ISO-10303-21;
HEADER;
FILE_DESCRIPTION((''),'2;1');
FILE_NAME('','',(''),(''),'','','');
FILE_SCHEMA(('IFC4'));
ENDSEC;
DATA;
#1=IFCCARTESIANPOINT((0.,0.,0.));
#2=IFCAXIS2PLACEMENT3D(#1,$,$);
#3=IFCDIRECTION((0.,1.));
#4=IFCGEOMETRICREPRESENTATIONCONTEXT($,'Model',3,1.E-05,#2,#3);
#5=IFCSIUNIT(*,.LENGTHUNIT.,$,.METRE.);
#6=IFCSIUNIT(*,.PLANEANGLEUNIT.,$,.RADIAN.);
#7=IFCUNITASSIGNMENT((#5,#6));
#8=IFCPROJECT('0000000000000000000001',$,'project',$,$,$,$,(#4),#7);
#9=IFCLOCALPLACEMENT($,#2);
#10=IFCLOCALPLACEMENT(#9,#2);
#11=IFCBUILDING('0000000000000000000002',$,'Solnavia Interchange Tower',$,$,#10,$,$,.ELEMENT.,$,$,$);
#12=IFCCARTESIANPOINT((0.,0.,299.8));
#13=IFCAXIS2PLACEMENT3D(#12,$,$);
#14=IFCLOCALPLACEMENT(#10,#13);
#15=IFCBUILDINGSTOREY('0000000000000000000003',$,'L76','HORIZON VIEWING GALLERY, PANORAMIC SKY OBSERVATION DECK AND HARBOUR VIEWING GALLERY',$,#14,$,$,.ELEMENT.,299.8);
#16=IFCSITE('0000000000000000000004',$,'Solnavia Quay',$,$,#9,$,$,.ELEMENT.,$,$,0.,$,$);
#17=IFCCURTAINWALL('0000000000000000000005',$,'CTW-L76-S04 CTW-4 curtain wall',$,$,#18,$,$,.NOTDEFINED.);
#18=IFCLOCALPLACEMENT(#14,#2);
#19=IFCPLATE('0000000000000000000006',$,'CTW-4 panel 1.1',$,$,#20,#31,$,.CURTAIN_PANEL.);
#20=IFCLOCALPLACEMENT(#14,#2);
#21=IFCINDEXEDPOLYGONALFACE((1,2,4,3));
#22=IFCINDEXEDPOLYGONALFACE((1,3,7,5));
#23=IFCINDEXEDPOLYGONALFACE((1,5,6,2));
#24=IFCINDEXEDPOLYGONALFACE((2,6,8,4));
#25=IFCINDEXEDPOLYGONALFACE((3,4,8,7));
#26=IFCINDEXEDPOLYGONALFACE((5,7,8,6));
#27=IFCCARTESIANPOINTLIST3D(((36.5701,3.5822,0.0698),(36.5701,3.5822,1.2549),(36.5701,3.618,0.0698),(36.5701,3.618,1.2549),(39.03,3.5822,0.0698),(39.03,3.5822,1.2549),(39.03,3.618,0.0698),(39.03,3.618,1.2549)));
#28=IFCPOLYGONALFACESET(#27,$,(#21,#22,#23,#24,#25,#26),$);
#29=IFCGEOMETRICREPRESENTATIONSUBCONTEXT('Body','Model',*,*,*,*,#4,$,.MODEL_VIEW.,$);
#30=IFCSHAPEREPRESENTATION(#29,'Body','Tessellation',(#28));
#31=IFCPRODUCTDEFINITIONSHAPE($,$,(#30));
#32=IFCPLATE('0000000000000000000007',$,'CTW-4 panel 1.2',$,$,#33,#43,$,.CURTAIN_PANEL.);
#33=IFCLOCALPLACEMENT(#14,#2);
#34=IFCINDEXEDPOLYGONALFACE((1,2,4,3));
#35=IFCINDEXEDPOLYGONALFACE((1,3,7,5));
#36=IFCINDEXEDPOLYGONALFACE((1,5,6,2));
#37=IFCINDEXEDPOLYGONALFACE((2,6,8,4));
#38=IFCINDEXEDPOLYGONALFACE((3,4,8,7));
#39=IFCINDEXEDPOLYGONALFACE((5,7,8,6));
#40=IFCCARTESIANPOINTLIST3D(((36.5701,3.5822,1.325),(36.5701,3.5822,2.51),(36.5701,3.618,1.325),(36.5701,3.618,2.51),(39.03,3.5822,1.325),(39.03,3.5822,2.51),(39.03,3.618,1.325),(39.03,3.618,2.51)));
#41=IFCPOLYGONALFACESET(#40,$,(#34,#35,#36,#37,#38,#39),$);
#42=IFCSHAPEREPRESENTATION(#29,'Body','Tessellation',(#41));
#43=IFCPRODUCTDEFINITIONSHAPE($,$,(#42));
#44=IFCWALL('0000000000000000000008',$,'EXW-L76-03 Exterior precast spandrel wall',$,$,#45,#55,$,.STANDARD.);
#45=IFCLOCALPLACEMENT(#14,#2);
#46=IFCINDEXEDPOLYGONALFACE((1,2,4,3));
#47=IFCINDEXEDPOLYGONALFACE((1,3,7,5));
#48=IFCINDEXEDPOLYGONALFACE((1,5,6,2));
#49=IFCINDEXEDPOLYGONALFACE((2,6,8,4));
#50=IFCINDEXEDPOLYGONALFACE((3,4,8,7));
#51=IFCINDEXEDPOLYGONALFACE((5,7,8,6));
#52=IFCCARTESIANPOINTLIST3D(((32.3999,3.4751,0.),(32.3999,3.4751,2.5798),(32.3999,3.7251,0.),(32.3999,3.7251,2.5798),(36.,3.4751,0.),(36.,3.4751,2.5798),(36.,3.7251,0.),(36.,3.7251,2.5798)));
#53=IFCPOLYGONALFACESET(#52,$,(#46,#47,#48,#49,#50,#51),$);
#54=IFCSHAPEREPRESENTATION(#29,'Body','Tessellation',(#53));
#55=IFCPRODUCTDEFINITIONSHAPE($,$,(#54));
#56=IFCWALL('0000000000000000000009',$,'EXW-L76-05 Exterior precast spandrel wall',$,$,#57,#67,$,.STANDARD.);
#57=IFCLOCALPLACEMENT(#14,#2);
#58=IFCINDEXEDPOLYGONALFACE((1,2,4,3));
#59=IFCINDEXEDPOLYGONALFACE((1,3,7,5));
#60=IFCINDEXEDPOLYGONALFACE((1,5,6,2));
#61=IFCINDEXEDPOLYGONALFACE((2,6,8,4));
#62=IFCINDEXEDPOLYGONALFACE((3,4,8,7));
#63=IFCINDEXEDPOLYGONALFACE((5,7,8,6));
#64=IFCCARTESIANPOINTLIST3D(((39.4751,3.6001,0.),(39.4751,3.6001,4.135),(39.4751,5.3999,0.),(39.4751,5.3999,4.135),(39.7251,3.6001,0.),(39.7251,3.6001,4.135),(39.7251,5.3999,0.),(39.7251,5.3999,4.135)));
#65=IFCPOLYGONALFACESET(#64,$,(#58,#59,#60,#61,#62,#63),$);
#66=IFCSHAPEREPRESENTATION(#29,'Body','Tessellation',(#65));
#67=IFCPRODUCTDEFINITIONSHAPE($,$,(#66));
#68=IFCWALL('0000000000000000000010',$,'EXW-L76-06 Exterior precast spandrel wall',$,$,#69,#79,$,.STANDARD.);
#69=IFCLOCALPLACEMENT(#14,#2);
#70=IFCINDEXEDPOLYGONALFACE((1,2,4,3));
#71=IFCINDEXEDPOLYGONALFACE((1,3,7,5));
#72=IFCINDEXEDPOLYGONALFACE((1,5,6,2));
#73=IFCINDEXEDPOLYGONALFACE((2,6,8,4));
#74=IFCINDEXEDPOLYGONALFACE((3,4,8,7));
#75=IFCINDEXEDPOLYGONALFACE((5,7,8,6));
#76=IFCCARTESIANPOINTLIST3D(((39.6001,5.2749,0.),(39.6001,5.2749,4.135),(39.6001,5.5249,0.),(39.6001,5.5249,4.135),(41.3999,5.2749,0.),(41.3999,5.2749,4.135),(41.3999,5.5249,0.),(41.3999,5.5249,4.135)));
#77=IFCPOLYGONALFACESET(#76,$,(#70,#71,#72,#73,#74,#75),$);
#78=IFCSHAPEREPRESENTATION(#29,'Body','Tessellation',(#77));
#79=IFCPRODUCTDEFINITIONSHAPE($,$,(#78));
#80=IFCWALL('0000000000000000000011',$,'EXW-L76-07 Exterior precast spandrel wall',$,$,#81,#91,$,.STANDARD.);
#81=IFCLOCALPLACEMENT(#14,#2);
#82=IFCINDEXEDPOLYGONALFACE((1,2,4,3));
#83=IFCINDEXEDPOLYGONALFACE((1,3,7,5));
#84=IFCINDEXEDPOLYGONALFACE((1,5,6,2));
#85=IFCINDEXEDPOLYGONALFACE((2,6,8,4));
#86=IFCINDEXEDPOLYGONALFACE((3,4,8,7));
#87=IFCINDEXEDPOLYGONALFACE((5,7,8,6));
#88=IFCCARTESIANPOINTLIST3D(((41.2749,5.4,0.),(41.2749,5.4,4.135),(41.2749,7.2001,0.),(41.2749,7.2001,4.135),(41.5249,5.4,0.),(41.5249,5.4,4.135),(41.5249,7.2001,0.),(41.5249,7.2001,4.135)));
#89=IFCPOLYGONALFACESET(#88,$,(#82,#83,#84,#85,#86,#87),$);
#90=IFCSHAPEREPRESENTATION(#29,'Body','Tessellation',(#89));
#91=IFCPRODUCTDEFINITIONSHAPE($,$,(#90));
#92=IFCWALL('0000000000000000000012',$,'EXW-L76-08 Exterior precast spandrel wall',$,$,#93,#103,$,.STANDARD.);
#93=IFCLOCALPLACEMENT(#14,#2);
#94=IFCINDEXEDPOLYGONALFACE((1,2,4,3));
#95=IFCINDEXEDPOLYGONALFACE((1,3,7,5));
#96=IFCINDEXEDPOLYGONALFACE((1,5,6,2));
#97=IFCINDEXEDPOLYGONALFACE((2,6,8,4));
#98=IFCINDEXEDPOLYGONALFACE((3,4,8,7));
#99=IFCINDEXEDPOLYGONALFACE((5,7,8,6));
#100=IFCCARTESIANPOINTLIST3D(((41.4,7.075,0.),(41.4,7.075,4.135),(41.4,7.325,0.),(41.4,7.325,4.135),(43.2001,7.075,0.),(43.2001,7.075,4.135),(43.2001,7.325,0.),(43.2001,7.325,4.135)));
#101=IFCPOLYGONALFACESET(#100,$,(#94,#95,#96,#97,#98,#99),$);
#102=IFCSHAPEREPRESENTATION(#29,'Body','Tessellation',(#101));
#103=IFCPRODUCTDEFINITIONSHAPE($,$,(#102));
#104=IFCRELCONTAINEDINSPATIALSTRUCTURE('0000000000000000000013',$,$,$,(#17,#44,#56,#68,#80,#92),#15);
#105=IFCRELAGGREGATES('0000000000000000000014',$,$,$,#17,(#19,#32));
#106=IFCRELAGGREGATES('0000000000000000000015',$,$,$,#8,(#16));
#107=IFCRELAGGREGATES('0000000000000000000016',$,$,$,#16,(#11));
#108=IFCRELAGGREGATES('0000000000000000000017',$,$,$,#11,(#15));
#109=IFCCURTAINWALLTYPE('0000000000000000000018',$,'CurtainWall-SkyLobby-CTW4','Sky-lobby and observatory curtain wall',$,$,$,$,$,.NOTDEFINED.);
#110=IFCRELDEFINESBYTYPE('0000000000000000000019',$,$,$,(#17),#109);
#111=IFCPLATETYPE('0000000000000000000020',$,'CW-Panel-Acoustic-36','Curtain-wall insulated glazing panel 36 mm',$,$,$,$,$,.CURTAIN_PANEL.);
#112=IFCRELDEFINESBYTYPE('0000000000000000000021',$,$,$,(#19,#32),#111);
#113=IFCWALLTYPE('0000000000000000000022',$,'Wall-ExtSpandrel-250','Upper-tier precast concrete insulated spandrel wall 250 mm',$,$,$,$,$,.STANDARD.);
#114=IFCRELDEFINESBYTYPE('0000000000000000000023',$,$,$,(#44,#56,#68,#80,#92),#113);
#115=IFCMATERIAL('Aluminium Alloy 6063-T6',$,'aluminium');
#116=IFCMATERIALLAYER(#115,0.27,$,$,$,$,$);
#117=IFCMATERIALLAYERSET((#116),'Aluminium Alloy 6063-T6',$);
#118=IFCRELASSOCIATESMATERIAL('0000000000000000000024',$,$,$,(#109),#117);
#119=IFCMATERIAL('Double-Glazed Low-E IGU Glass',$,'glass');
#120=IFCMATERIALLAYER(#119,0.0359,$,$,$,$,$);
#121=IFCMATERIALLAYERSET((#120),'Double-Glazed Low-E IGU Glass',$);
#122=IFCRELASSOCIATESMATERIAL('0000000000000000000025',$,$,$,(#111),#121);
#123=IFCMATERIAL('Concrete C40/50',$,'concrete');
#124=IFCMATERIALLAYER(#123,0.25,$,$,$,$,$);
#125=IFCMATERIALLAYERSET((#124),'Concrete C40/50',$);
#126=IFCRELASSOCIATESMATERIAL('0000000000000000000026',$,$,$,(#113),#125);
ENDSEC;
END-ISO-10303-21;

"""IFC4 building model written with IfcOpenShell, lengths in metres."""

from ifc_helpers import new_model, si_unit, direction, frame, frame_2d, origin, origin_2d, place, context, subcontext, project, spatial, rectangle, extrude, material, layer, layer_set, type_object, element, aggregate, save


model = new_model("IFC4")

# Units and contexts
model_context = context("Model", 3, precision=1e-05, world=origin(), true_north=direction((0.0, 1.0)))
body_context = subcontext(model_context, "Body", "Model", "MODEL_VIEW")
ifc_project = project(units=[si_unit("LENGTHUNIT", "METRE"), si_unit("PLANEANGLEUNIT", "RADIAN")], contexts=[model_context])

# Site, building, storey
site_placement = place(None, origin())
site = spatial("IfcSite", under=ifc_project, at=site_placement, Name="Solnavia Quay", CompositionType="ELEMENT", RefElevation=0.0)
building_placement = place(site_placement, origin())
building = spatial("IfcBuilding", under=site, at=building_placement, Name="Solnavia Interchange Tower", CompositionType="ELEMENT")
storey_placement = place(building_placement, frame((0.0, 0.0, 299.8)))
storey = spatial("IfcBuildingStorey", under=building, at=storey_placement, Name="L76", Description="HORIZON VIEWING GALLERY, PANORAMIC SKY OBSERVATION DECK AND HARBOUR VIEWING GALLERY", CompositionType="ELEMENT", Elevation=299.8)

# Curtain wall, plates
ifc_material_1 = material(Name="Aluminium Alloy 6063-T6", Category="aluminium")
ifc_layer_1 = layer(ifc_material_1, 0.27)
ifc_layer_set_1 = layer_set([ifc_layer_1], Name="Aluminium Alloy 6063-T6")
curtain_wall_type = type_object("IfcCurtainWallType", Name="CurtainWall-SkyLobby-CTW4", Description="Sky-lobby and observatory curtain wall", PredefinedType="NOTDEFINED", material=ifc_layer_set_1)
curtain_wall_placement = place(storey_placement, origin())
curtain_wall = element("IfcCurtainWall", 1, at=curtain_wall_placement, inside=storey, type_object=curtain_wall_type, Name="CTW-L76-S04 CTW-4 curtain wall", PredefinedType="NOTDEFINED")
ifc_material_2 = material(Name="Double-Glazed Low-E IGU Glass", Category="glass")
ifc_layer_2 = layer(ifc_material_2, 0.0359)
ifc_layer_set_2 = layer_set([ifc_layer_2], Name="Double-Glazed Low-E IGU Glass")
plate_type = type_object("IfcPlateType", Name="CW-Panel-Acoustic-36", Description="Curtain-wall insulated glazing panel 36 mm", PredefinedType="CURTAIN_PANEL", material=ifc_layer_set_2)
plate_1_placement = place(storey_placement, frame((37.8, 3.6001, 0.0698), z_axis=(0.0, 0.0, 1.0), x_axis=(1.0, 0.0, 0.0)))
plate_1 = element("IfcPlate", 2, at=plate_1_placement, type_object=plate_type, Name="CTW-4 panel 1.1", PredefinedType="CURTAIN_PANEL", context=body_context, shape_type="SweptSolid", body=[
    extrude(rectangle(XDim=2.46, YDim=0.0359, at=origin_2d()), origin(), (0.0, 0.0, 1.0), 1.1851),
])
plate_2_placement = place(storey_placement, frame((37.8, 3.6001, 1.325), z_axis=(0.0, 0.0, 1.0), x_axis=(1.0, 0.0, 0.0)))
plate_2 = element("IfcPlate", 3, at=plate_2_placement, type_object=plate_type, Name="CTW-4 panel 1.2", PredefinedType="CURTAIN_PANEL", context=body_context, shape_type="SweptSolid", body=[
    extrude(rectangle(XDim=2.46, YDim=0.0359, at=origin_2d()), origin(), (0.0, 0.0, 1.0), 1.1851),
])
aggregate(curtain_wall, [plate_1, plate_2])

# Walls
ifc_material_3 = material(Name="Concrete C40/50", Category="concrete")
ifc_layer_3 = layer(ifc_material_3, 0.25)
ifc_layer_set_3 = layer_set([ifc_layer_3], Name="Concrete C40/50")
wall_type = type_object("IfcWallType", Name="Wall-ExtSpandrel-250", Description="Upper-tier precast concrete insulated spandrel wall 250 mm", PredefinedType="STANDARD", material=ifc_layer_set_3)
wall_placement = place(storey_placement, frame((36.0, 3.6001, 0.0), z_axis=(0.0, 0.0, 1.0), x_axis=(-1.0, 0.0, 0.0)))
element("IfcWall", 4, at=wall_placement, inside=storey, type_object=wall_type, Name="EXW-L76-03 Exterior precast spandrel wall", PredefinedType="STANDARD", context=body_context, shape_type="SweptSolid", body=[
    extrude(rectangle(XDim=3.6001, YDim=0.25, at=frame_2d((1.8, 0.0))), origin(), (0.0, 0.0, 1.0), 2.5798),
])
for number, where, z_axis, x_axis, name in (
    (5, (39.6001, 5.3999, 0.0), (0.0, 0.0, 1.0), (0.0, -1.0, 0.0), "EXW-L76-05 Exterior precast spandrel wall"),
    (6, (41.3999, 5.3999, 0.0), (0.0, 0.0, 1.0), (-1.0, 0.0, 0.0), "EXW-L76-06 Exterior precast spandrel wall"),
):
    element("IfcWall", number, at=place(storey_placement, frame(where, z_axis=z_axis, x_axis=x_axis)), inside=storey, type_object=wall_type, Name=name, PredefinedType="STANDARD", context=body_context, shape_type="SweptSolid", body=[
        extrude(rectangle(XDim=1.7998, YDim=0.25, at=frame_2d((0.8999, 0.0))), origin(), (0.0, 0.0, 1.0), 4.135),
    ])
for number, where, z_axis, x_axis, name in (
    (7, (41.3999, 7.2, 0.0), (0.0, 0.0, 1.0), (0.0, -1.0, 0.0), "EXW-L76-07 Exterior precast spandrel wall"),
    (8, (43.2, 7.2, 0.0), (0.0, 0.0, 1.0), (-1.0, 0.0, 0.0), "EXW-L76-08 Exterior precast spandrel wall"),
):
    element("IfcWall", number, at=place(storey_placement, frame(where, z_axis=z_axis, x_axis=x_axis)), inside=storey, type_object=wall_type, Name=name, PredefinedType="STANDARD", context=body_context, shape_type="SweptSolid", body=[
        extrude(rectangle(XDim=1.8, YDim=0.25, at=frame_2d((0.8999, 0.0))), origin(), (0.0, 0.0, 1.0), 4.135),
    ])

save(model, "model.ifc")
